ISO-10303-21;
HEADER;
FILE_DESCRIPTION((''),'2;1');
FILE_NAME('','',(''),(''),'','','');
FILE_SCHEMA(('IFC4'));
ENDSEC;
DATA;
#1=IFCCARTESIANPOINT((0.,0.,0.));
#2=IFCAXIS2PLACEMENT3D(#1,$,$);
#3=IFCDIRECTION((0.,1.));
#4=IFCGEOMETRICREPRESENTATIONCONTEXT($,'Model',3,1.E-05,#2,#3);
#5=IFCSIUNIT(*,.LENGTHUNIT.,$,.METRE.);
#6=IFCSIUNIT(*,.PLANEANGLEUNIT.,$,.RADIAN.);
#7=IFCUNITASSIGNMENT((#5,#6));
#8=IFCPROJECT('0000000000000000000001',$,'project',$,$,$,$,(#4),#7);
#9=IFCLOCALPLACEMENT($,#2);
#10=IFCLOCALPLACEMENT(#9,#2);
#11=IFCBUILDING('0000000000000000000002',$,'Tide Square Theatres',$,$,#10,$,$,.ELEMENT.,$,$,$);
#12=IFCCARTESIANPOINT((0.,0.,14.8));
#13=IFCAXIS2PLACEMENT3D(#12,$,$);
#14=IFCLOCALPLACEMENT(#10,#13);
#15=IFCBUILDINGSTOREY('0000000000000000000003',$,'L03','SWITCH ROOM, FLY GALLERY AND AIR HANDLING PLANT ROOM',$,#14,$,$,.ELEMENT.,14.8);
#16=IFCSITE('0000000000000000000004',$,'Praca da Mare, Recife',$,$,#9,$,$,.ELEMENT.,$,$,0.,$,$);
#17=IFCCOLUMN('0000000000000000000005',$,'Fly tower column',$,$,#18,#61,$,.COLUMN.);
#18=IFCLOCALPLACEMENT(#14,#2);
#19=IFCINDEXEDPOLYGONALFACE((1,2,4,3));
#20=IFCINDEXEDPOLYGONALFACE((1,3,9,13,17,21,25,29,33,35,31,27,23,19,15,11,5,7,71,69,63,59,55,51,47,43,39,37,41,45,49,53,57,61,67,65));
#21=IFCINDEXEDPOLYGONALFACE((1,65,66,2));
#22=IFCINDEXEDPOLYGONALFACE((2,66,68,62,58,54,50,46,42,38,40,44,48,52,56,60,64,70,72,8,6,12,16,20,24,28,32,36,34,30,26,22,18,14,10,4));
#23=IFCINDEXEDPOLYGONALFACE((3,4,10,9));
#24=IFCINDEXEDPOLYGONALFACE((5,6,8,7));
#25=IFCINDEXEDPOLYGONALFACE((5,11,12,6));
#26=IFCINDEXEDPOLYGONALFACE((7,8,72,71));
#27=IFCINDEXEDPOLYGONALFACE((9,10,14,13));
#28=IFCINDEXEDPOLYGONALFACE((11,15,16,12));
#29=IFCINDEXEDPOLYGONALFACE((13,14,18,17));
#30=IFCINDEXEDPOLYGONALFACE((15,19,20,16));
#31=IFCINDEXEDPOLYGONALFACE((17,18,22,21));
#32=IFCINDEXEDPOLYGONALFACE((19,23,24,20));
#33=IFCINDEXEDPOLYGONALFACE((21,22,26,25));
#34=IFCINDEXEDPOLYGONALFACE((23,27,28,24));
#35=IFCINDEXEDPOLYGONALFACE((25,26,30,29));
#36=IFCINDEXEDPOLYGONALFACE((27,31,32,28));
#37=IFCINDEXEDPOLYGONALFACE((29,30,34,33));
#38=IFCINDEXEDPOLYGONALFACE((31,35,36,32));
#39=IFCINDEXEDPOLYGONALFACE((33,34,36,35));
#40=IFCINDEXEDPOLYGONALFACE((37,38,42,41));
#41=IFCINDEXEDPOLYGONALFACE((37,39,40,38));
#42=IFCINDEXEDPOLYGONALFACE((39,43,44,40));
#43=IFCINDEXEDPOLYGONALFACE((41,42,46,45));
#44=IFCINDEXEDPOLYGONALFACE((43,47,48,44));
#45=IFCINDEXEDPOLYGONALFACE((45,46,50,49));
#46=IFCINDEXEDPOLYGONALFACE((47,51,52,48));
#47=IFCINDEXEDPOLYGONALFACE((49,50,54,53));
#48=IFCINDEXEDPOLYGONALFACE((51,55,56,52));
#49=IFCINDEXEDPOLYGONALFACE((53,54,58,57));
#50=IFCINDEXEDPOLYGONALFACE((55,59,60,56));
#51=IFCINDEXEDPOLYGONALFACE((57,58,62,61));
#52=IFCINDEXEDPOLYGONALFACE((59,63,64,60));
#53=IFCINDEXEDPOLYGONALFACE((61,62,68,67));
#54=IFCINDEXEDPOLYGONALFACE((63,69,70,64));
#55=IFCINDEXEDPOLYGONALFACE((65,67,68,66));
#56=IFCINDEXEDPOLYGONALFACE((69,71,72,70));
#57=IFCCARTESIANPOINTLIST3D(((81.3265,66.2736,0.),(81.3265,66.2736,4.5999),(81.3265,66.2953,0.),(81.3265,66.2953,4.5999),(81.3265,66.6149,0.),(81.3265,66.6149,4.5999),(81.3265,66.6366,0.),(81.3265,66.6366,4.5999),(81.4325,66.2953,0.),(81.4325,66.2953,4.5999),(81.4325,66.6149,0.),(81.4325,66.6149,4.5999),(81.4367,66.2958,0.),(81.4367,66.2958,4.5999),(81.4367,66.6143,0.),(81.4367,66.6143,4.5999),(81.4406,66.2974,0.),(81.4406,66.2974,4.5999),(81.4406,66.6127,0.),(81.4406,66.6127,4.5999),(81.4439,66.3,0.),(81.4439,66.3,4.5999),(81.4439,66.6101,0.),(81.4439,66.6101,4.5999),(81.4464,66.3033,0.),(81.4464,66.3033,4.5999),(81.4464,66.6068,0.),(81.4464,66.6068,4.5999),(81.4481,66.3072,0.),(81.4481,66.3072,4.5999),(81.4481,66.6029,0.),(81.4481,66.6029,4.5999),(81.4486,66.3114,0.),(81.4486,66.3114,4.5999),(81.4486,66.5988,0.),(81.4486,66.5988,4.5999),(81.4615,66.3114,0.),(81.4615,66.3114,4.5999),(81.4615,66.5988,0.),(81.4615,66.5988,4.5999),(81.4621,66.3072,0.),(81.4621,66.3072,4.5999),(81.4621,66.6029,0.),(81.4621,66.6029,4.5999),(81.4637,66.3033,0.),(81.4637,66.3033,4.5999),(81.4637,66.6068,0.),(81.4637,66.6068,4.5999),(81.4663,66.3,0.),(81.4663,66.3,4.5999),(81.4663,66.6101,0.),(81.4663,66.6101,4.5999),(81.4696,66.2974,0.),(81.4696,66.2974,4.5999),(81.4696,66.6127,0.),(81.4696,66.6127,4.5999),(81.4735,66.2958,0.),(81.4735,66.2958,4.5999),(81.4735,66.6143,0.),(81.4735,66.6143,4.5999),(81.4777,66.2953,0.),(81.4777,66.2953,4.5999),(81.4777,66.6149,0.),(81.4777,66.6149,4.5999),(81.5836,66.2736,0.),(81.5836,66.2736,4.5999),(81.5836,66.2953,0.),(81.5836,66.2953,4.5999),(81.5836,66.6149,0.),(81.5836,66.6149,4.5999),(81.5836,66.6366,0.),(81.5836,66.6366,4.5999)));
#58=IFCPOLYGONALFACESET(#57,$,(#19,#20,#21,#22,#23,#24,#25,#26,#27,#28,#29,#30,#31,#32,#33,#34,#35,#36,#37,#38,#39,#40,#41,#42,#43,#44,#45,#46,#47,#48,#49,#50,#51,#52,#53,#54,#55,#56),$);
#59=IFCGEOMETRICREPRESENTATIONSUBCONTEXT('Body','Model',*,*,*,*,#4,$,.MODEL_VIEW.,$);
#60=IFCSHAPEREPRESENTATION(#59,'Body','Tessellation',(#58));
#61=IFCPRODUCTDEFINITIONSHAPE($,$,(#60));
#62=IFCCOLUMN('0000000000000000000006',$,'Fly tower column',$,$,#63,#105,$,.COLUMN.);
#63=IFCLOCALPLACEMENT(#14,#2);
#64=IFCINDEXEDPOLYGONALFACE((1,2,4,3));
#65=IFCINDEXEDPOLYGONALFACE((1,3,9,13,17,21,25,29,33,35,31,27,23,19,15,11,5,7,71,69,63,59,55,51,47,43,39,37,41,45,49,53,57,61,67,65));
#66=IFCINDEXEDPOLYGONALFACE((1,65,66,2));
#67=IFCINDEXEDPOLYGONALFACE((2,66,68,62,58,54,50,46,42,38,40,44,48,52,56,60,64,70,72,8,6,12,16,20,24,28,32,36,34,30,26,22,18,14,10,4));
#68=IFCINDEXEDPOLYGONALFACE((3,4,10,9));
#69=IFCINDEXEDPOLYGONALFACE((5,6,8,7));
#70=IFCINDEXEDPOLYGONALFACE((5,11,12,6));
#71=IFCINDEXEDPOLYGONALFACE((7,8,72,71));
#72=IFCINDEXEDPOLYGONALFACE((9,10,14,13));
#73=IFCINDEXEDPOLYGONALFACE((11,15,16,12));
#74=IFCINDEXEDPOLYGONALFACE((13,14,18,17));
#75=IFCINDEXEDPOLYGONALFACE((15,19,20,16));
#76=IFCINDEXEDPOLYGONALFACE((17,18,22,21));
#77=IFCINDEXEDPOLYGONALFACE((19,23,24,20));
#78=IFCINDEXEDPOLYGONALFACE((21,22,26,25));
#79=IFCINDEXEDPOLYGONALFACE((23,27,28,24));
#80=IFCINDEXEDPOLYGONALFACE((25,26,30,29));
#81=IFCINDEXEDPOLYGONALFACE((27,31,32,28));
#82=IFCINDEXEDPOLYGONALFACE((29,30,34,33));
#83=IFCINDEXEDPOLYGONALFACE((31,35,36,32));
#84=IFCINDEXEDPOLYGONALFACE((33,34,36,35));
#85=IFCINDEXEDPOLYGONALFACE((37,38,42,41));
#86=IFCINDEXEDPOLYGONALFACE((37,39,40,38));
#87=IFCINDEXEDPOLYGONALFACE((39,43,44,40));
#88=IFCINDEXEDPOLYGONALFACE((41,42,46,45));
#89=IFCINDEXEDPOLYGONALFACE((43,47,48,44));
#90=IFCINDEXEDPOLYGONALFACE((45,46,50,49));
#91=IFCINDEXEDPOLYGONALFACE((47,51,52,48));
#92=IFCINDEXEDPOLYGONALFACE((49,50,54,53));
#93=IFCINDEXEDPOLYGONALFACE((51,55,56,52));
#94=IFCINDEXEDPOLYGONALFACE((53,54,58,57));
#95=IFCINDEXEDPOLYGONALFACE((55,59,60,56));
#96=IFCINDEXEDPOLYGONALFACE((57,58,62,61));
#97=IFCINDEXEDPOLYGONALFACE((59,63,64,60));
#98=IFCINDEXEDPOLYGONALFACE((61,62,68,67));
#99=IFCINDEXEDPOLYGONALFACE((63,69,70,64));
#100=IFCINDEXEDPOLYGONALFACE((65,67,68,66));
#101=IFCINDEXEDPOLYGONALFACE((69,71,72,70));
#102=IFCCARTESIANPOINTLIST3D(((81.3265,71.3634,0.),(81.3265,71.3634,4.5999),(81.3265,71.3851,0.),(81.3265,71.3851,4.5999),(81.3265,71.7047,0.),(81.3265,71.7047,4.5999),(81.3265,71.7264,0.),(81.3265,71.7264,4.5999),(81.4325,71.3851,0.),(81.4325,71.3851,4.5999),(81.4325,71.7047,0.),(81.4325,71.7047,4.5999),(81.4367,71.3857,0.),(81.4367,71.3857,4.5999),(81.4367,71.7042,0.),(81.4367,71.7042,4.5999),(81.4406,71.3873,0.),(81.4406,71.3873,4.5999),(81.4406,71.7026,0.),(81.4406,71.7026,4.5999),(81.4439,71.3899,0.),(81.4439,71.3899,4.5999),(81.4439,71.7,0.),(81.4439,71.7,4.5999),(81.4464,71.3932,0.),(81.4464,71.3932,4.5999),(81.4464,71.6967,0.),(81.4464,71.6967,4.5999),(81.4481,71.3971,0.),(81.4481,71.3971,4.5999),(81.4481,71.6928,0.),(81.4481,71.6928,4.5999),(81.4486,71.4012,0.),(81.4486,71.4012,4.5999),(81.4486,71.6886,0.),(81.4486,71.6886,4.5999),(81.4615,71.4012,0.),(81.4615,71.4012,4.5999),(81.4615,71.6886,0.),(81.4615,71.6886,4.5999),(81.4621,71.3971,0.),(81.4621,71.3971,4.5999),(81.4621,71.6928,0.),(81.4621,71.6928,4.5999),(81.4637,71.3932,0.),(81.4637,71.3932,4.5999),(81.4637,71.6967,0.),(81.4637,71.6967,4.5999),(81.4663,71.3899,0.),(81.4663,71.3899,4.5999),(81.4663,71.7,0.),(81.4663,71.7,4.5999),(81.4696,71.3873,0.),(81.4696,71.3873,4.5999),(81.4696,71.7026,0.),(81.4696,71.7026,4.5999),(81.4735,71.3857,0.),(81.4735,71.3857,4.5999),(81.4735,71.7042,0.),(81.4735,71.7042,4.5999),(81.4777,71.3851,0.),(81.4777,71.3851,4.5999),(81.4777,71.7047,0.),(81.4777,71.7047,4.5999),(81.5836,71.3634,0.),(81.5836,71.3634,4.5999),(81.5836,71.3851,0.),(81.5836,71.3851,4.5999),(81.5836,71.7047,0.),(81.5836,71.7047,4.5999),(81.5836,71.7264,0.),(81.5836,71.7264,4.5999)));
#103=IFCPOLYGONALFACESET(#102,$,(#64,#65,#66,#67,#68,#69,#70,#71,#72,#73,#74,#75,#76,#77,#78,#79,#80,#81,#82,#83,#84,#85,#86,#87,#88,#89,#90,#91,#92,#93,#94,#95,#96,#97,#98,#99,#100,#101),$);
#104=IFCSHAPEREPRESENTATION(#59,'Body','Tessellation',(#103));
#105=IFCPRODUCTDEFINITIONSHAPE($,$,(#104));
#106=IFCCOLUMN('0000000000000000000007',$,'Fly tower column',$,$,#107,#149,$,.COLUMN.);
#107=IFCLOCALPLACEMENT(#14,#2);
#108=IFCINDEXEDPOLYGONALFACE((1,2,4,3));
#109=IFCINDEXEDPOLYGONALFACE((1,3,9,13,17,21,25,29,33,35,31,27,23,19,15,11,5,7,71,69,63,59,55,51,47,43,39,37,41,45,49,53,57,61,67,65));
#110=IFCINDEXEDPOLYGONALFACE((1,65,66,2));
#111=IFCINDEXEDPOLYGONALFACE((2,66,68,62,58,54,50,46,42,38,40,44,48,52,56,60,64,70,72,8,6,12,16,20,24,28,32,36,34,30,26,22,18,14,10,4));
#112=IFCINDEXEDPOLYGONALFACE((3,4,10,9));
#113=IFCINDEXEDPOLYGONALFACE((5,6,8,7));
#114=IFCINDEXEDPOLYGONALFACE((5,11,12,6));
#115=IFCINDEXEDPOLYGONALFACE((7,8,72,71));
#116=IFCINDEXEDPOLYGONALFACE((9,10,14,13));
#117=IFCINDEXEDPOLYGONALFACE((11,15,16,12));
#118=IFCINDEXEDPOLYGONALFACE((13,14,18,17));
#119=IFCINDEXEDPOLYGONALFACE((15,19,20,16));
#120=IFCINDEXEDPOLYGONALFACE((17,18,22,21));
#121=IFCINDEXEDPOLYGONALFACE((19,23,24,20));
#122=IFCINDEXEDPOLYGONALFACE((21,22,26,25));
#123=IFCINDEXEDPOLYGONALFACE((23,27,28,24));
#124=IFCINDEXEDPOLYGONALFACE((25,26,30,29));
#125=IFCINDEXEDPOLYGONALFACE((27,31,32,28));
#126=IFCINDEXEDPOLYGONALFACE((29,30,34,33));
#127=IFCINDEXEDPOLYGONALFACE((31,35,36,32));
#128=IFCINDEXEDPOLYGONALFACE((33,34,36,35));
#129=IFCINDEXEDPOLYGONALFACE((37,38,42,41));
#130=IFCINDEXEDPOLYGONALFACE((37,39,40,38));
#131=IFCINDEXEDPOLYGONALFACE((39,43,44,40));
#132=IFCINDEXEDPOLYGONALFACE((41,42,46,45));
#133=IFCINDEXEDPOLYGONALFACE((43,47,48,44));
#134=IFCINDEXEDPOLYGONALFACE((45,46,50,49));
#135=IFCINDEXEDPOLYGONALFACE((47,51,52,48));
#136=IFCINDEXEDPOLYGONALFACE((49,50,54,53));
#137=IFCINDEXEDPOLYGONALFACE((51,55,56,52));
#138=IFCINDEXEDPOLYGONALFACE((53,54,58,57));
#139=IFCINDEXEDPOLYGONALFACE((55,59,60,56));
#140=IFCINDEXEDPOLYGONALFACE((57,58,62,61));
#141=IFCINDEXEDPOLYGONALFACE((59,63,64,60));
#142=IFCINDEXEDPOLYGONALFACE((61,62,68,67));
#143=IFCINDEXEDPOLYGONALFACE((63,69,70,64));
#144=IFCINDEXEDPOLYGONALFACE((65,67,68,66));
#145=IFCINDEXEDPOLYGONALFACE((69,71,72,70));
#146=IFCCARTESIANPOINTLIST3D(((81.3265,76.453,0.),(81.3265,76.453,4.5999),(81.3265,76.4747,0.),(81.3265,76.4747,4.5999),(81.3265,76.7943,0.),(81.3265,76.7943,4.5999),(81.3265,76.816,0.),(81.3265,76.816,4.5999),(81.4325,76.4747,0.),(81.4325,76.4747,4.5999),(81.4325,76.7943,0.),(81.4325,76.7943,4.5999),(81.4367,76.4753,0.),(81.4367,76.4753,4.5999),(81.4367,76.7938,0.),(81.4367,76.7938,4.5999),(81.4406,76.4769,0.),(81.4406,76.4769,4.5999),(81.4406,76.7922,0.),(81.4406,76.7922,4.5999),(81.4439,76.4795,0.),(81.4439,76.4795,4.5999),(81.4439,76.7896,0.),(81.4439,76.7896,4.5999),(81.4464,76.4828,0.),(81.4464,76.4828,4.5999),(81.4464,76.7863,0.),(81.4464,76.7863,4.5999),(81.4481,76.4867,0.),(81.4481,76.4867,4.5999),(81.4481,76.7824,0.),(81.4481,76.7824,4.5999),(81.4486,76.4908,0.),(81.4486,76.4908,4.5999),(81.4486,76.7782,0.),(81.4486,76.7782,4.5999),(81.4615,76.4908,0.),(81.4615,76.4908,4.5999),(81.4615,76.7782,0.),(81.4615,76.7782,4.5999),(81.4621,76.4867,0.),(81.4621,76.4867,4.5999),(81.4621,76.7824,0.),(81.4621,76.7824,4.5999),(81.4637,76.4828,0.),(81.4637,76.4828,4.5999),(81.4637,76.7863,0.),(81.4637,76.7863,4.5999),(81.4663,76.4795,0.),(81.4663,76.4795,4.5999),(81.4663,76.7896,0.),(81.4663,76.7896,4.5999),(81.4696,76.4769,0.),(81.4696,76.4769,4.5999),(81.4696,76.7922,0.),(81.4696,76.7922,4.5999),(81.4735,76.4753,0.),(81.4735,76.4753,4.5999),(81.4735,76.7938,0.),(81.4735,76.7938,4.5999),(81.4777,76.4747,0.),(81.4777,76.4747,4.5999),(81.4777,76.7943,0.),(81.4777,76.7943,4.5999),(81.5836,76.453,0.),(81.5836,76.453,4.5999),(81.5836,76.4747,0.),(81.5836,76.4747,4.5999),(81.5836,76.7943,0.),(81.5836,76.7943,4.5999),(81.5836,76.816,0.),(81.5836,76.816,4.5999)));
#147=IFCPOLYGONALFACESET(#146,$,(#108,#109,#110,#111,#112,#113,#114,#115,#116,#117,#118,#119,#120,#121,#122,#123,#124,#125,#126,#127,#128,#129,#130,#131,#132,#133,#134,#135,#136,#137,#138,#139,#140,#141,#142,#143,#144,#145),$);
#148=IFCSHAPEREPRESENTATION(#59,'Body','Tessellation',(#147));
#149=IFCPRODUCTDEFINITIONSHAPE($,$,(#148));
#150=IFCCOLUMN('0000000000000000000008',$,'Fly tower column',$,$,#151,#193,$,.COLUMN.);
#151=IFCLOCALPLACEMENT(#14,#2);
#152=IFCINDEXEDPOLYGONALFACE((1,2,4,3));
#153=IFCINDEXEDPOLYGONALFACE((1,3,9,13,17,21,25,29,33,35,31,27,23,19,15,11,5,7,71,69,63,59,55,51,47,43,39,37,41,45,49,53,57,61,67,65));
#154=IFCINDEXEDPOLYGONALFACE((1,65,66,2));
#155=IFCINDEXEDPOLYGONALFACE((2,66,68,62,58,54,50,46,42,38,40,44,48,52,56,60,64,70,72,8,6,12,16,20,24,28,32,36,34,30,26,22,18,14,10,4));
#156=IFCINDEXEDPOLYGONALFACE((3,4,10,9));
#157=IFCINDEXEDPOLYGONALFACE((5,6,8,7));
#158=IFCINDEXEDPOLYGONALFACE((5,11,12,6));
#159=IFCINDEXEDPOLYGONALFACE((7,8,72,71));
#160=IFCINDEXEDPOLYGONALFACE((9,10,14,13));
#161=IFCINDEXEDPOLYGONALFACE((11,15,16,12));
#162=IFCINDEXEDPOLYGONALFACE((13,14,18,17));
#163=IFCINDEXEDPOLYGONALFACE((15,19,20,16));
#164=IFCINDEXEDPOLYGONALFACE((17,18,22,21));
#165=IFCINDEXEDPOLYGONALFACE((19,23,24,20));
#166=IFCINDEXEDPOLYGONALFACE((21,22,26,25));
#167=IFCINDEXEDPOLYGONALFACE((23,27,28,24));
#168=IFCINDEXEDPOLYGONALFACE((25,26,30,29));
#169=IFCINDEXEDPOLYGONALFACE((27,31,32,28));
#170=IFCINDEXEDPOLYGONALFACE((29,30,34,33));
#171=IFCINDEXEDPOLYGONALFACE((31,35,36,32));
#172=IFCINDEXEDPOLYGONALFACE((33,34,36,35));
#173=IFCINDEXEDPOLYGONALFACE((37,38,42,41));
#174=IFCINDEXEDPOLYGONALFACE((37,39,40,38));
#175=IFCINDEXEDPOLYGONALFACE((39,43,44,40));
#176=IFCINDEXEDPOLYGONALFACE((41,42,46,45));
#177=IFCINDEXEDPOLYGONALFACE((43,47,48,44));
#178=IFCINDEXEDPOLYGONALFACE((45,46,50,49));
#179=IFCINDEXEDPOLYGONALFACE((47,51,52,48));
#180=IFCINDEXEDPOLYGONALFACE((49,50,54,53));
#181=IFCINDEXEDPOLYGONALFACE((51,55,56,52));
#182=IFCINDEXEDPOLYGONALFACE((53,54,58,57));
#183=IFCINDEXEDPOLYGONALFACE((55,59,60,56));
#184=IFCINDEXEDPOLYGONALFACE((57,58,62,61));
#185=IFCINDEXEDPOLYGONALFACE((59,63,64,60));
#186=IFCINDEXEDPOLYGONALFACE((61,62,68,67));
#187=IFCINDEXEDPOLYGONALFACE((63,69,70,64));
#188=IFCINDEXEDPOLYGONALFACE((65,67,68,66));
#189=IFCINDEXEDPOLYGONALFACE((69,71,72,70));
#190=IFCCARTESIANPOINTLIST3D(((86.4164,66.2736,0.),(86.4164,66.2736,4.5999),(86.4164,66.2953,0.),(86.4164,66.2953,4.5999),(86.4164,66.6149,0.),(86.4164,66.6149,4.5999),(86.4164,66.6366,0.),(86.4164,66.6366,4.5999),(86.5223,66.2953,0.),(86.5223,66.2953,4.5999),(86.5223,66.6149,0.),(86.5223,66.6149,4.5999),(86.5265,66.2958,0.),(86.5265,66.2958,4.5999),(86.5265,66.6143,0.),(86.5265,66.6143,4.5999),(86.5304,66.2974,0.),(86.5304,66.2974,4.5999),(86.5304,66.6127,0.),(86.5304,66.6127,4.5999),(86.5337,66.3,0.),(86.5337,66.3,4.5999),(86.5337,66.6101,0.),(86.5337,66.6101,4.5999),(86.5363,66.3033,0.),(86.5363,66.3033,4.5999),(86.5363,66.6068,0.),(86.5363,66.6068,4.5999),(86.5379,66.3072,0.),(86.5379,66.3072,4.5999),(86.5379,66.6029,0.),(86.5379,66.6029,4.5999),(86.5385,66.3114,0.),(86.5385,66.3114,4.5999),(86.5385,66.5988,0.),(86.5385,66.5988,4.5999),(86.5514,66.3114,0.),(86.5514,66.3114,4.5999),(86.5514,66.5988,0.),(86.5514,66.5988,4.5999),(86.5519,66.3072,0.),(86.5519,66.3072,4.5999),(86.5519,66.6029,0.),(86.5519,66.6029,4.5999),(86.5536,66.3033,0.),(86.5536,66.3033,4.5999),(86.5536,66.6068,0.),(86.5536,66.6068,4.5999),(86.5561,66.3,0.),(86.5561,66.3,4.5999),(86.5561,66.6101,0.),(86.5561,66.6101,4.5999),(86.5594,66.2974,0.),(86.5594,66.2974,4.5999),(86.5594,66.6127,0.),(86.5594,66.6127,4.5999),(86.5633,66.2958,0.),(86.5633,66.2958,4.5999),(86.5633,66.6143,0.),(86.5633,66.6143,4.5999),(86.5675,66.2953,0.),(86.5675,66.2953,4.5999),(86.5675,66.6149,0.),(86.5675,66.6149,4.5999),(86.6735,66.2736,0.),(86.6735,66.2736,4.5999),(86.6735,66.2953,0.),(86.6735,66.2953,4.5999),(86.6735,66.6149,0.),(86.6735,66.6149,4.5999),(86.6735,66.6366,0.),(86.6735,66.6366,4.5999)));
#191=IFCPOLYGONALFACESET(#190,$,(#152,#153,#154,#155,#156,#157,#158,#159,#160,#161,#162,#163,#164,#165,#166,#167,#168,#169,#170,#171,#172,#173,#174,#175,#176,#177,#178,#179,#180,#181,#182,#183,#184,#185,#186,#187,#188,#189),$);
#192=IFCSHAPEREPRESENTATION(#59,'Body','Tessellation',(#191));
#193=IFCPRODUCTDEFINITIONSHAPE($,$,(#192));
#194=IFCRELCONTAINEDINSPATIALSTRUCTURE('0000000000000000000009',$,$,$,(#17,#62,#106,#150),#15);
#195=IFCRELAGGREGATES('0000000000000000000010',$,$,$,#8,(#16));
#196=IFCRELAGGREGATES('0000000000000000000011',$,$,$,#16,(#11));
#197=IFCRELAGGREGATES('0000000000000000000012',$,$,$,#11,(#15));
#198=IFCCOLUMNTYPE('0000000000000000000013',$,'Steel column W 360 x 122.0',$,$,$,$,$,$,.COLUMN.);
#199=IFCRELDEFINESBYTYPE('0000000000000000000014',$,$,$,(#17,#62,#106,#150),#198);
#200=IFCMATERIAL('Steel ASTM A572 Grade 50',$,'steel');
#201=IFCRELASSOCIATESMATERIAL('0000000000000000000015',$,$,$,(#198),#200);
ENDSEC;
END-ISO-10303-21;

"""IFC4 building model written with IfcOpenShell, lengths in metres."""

from ifc_helpers import new_model, si_unit, direction, frame, origin, origin_2d, place, context, subcontext, project, spatial, i_section, extrude, material, material_profile, profile_set, type_object, element, save


model = new_model("IFC4")

# Units and contexts
model_context = context("Model", 3, precision=1e-05, world=origin(), true_north=direction((0.0, 1.0)))
body_context = subcontext(model_context, "Body", "Model", "MODEL_VIEW")
ifc_project = project(units=[si_unit("LENGTHUNIT", "METRE"), si_unit("PLANEANGLEUNIT", "RADIAN")], contexts=[model_context])

# Site, building, storey
site_placement = place(None, origin())
site = spatial("IfcSite", under=ifc_project, at=site_placement, Name="Praca da Mare, Recife", CompositionType="ELEMENT", RefElevation=0.0)
building_placement = place(site_placement, origin())
building = spatial("IfcBuilding", under=site, at=building_placement, Name="Tide Square Theatres", CompositionType="ELEMENT")
storey_placement = place(building_placement, frame((0.0, 0.0, 14.8)))
storey = spatial("IfcBuildingStorey", under=building, at=storey_placement, Name="L03", Description="SWITCH ROOM, FLY GALLERY AND AIR HANDLING PLANT ROOM", CompositionType="ELEMENT", Elevation=14.8)

# Columns
ifc_material_1 = material(Name="Steel ASTM A572 Grade 50", Category="steel")
ifc_material_profile_1 = material_profile(ifc_material_1, i_section(OverallWidth=0.2571, OverallDepth=0.363, WebThickness=0.0129, FlangeThickness=0.0217, FilletRadius=0.0161, at=origin_2d()))
ifc_profile_set_1 = profile_set([ifc_material_profile_1], Name="Steel ASTM A572 Grade 50")
column_type = type_object("IfcColumnType", Name="Steel column W 360 x 122.0", PredefinedType="COLUMN", material=ifc_profile_set_1)
for number, where, z_axis, x_axis, name in (
    (1, (81.4551, 66.4551, 0.0), (0.0, 0.0, 1.0), (1.0, 0.0, 0.0), "Fly tower column"),
    (2, (81.4551, 71.5449, 0.0), (0.0, 0.0, 1.0), (1.0, 0.0, 0.0), "Fly tower column"),
    (3, (81.4551, 76.6345, 0.0), (0.0, 0.0, 1.0), (1.0, 0.0, 0.0), "Fly tower column"),
    (4, (86.5449, 66.4551, 0.0), (0.0, 0.0, 1.0), (1.0, 0.0, 0.0), "Fly tower column"),
):
    element("IfcColumn", number, at=place(storey_placement, frame(where, z_axis=z_axis, x_axis=x_axis)), inside=storey, type_object=column_type, Name=name, PredefinedType="COLUMN", context=body_context, shape_type="SweptSolid", body=[
        extrude(i_section(OverallWidth=0.2571, OverallDepth=0.363, WebThickness=0.0129, FlangeThickness=0.0217, FilletRadius=0.0161, at=origin_2d()), origin(), (0.0, 0.0, 1.0), 4.5999),
    ])

save(model, "model.ifc")
